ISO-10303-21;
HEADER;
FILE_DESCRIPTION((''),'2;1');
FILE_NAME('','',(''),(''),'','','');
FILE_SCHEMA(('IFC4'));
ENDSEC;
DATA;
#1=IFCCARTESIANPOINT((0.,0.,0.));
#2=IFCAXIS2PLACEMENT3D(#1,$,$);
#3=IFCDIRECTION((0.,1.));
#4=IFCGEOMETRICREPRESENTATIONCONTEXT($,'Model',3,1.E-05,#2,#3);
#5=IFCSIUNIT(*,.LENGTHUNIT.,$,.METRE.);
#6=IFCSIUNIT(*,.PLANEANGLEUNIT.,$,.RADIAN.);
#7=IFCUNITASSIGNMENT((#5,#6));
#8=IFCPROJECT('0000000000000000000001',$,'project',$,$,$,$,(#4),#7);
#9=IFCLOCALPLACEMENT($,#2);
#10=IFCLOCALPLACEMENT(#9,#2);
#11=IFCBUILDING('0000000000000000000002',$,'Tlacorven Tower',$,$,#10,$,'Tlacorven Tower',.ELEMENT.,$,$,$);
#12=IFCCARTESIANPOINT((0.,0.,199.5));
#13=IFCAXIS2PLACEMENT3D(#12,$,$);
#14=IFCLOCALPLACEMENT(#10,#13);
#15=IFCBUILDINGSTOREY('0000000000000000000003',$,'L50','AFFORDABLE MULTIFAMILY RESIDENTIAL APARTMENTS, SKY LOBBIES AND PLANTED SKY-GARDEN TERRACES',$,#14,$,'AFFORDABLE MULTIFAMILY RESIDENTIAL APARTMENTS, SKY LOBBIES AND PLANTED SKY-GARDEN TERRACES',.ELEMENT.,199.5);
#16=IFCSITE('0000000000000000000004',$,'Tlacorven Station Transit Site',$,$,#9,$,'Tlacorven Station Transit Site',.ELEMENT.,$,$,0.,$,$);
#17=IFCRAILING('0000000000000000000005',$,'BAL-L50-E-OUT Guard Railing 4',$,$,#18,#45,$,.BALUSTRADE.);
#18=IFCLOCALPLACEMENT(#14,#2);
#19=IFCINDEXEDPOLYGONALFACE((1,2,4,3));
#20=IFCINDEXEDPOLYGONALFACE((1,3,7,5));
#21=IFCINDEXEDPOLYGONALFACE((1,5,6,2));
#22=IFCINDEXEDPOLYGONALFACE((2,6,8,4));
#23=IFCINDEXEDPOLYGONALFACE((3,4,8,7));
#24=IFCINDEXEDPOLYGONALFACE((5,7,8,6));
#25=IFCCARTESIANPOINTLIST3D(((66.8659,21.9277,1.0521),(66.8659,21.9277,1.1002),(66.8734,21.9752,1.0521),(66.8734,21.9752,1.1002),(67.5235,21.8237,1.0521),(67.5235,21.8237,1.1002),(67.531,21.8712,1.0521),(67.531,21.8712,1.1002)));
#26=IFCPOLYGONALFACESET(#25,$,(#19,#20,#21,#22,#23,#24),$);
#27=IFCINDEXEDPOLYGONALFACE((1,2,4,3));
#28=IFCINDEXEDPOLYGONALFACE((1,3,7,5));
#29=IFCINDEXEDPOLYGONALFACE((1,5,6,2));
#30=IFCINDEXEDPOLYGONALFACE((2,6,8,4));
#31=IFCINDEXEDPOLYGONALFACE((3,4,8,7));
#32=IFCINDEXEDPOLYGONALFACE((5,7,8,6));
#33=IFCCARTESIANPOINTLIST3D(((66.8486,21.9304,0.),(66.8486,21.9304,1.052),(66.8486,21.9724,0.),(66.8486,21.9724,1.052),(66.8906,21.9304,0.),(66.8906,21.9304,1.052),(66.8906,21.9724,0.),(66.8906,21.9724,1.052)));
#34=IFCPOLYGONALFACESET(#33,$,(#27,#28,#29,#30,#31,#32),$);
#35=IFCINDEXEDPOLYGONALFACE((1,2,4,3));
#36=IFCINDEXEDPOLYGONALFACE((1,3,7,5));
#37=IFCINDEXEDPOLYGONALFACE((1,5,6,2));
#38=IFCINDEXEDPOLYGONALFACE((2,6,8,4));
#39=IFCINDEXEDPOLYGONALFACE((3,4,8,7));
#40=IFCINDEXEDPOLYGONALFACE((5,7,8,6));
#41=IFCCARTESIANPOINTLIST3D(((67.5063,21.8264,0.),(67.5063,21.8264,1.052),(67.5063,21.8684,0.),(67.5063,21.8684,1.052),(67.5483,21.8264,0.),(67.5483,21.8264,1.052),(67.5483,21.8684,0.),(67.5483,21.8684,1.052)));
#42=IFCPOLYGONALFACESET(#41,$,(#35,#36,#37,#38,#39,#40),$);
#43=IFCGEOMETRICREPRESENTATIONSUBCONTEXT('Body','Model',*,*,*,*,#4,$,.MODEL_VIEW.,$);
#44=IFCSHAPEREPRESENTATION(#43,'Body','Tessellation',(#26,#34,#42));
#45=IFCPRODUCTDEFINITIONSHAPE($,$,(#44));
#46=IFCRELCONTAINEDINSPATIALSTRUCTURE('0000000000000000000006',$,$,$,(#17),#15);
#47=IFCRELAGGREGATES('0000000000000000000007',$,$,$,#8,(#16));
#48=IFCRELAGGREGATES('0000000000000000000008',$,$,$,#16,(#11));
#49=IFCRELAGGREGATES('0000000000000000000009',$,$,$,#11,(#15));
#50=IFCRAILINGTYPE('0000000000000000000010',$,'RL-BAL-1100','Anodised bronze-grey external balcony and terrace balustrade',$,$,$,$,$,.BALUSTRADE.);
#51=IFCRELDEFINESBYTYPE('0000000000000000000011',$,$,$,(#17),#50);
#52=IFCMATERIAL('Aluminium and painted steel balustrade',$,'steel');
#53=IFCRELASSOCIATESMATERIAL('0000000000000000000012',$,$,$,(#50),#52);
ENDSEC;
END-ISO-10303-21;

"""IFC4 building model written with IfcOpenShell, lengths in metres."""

from ifc_helpers import new_model, si_unit, direction, frame, origin, origin_2d, place, context, subcontext, project, spatial, rectangle, extrude, source, transform, mapped, material, type_object, element, save


model = new_model("IFC4")

# Units and contexts
model_context = context("Model", 3, precision=1e-05, world=origin(), true_north=direction((0.0, 1.0)))
body_context = subcontext(model_context, "Body", "Model", "MODEL_VIEW")
ifc_project = project(units=[si_unit("LENGTHUNIT", "METRE"), si_unit("PLANEANGLEUNIT", "RADIAN")], contexts=[model_context])

# Site, building, storey
site_placement = place(None, origin())
site = spatial("IfcSite", under=ifc_project, at=site_placement, Name="Tlacorven Station Transit Site", LongName="Tlacorven Station Transit Site", CompositionType="ELEMENT", RefElevation=0.0)
building_placement = place(site_placement, origin())
building = spatial("IfcBuilding", under=site, at=building_placement, Name="Tlacorven Tower", LongName="Tlacorven Tower", CompositionType="ELEMENT")
storey_placement = place(building_placement, frame((0.0, 0.0, 199.5)))
storey = spatial("IfcBuildingStorey", under=building, at=storey_placement, Name="L50", Description="AFFORDABLE MULTIFAMILY RESIDENTIAL APARTMENTS, SKY LOBBIES AND PLANTED SKY-GARDEN TERRACES", LongName="AFFORDABLE MULTIFAMILY RESIDENTIAL APARTMENTS, SKY LOBBIES AND PLANTED SKY-GARDEN TERRACES", CompositionType="ELEMENT", Elevation=199.5)

# Railing
ifc_material_1 = material(Name="Aluminium and painted steel balustrade", Category="steel")
railing_type = type_object("IfcRailingType", Name="RL-BAL-1100", Description="Anodised bronze-grey external balcony and terrace balustrade", PredefinedType="BALUSTRADE", material=ifc_material_1)
shared_shape_1 = source(origin(), body_context, "Body", "SweptSolid", [
    extrude(rectangle(XDim=0.0481, YDim=0.0481, at=origin_2d()), frame((0.0, 0.0, 1.0762), z_axis=(0.987727, -0.156188, 0.0), x_axis=(0.156188, 0.987727, 0.0)), (0.0, 0.0, 1.0), 0.6658),
    extrude(rectangle(XDim=0.042, YDim=0.042, at=origin_2d()), origin(), (0.0, 0.0, 1.0), 1.052),
    extrude(rectangle(XDim=0.042, YDim=0.042, at=origin_2d()), frame((0.6577, -0.104, 0.0)), (0.0, 0.0, 1.0), 1.052),
])
railing_1_placement = place(storey_placement, frame((66.8696, 21.9514, 0.0)))
element("IfcRailing", 1, at=railing_1_placement, inside=storey, type_object=railing_type, Name="BAL-L50-E-OUT Guard Railing 4", PredefinedType="BALUSTRADE", context=body_context, shape_type="MappedRepresentation", body=[
    mapped(shared_shape_1, transform((0.0, 0.0, 0.0), scale=1.0)),
])

save(model, "model.ifc")
